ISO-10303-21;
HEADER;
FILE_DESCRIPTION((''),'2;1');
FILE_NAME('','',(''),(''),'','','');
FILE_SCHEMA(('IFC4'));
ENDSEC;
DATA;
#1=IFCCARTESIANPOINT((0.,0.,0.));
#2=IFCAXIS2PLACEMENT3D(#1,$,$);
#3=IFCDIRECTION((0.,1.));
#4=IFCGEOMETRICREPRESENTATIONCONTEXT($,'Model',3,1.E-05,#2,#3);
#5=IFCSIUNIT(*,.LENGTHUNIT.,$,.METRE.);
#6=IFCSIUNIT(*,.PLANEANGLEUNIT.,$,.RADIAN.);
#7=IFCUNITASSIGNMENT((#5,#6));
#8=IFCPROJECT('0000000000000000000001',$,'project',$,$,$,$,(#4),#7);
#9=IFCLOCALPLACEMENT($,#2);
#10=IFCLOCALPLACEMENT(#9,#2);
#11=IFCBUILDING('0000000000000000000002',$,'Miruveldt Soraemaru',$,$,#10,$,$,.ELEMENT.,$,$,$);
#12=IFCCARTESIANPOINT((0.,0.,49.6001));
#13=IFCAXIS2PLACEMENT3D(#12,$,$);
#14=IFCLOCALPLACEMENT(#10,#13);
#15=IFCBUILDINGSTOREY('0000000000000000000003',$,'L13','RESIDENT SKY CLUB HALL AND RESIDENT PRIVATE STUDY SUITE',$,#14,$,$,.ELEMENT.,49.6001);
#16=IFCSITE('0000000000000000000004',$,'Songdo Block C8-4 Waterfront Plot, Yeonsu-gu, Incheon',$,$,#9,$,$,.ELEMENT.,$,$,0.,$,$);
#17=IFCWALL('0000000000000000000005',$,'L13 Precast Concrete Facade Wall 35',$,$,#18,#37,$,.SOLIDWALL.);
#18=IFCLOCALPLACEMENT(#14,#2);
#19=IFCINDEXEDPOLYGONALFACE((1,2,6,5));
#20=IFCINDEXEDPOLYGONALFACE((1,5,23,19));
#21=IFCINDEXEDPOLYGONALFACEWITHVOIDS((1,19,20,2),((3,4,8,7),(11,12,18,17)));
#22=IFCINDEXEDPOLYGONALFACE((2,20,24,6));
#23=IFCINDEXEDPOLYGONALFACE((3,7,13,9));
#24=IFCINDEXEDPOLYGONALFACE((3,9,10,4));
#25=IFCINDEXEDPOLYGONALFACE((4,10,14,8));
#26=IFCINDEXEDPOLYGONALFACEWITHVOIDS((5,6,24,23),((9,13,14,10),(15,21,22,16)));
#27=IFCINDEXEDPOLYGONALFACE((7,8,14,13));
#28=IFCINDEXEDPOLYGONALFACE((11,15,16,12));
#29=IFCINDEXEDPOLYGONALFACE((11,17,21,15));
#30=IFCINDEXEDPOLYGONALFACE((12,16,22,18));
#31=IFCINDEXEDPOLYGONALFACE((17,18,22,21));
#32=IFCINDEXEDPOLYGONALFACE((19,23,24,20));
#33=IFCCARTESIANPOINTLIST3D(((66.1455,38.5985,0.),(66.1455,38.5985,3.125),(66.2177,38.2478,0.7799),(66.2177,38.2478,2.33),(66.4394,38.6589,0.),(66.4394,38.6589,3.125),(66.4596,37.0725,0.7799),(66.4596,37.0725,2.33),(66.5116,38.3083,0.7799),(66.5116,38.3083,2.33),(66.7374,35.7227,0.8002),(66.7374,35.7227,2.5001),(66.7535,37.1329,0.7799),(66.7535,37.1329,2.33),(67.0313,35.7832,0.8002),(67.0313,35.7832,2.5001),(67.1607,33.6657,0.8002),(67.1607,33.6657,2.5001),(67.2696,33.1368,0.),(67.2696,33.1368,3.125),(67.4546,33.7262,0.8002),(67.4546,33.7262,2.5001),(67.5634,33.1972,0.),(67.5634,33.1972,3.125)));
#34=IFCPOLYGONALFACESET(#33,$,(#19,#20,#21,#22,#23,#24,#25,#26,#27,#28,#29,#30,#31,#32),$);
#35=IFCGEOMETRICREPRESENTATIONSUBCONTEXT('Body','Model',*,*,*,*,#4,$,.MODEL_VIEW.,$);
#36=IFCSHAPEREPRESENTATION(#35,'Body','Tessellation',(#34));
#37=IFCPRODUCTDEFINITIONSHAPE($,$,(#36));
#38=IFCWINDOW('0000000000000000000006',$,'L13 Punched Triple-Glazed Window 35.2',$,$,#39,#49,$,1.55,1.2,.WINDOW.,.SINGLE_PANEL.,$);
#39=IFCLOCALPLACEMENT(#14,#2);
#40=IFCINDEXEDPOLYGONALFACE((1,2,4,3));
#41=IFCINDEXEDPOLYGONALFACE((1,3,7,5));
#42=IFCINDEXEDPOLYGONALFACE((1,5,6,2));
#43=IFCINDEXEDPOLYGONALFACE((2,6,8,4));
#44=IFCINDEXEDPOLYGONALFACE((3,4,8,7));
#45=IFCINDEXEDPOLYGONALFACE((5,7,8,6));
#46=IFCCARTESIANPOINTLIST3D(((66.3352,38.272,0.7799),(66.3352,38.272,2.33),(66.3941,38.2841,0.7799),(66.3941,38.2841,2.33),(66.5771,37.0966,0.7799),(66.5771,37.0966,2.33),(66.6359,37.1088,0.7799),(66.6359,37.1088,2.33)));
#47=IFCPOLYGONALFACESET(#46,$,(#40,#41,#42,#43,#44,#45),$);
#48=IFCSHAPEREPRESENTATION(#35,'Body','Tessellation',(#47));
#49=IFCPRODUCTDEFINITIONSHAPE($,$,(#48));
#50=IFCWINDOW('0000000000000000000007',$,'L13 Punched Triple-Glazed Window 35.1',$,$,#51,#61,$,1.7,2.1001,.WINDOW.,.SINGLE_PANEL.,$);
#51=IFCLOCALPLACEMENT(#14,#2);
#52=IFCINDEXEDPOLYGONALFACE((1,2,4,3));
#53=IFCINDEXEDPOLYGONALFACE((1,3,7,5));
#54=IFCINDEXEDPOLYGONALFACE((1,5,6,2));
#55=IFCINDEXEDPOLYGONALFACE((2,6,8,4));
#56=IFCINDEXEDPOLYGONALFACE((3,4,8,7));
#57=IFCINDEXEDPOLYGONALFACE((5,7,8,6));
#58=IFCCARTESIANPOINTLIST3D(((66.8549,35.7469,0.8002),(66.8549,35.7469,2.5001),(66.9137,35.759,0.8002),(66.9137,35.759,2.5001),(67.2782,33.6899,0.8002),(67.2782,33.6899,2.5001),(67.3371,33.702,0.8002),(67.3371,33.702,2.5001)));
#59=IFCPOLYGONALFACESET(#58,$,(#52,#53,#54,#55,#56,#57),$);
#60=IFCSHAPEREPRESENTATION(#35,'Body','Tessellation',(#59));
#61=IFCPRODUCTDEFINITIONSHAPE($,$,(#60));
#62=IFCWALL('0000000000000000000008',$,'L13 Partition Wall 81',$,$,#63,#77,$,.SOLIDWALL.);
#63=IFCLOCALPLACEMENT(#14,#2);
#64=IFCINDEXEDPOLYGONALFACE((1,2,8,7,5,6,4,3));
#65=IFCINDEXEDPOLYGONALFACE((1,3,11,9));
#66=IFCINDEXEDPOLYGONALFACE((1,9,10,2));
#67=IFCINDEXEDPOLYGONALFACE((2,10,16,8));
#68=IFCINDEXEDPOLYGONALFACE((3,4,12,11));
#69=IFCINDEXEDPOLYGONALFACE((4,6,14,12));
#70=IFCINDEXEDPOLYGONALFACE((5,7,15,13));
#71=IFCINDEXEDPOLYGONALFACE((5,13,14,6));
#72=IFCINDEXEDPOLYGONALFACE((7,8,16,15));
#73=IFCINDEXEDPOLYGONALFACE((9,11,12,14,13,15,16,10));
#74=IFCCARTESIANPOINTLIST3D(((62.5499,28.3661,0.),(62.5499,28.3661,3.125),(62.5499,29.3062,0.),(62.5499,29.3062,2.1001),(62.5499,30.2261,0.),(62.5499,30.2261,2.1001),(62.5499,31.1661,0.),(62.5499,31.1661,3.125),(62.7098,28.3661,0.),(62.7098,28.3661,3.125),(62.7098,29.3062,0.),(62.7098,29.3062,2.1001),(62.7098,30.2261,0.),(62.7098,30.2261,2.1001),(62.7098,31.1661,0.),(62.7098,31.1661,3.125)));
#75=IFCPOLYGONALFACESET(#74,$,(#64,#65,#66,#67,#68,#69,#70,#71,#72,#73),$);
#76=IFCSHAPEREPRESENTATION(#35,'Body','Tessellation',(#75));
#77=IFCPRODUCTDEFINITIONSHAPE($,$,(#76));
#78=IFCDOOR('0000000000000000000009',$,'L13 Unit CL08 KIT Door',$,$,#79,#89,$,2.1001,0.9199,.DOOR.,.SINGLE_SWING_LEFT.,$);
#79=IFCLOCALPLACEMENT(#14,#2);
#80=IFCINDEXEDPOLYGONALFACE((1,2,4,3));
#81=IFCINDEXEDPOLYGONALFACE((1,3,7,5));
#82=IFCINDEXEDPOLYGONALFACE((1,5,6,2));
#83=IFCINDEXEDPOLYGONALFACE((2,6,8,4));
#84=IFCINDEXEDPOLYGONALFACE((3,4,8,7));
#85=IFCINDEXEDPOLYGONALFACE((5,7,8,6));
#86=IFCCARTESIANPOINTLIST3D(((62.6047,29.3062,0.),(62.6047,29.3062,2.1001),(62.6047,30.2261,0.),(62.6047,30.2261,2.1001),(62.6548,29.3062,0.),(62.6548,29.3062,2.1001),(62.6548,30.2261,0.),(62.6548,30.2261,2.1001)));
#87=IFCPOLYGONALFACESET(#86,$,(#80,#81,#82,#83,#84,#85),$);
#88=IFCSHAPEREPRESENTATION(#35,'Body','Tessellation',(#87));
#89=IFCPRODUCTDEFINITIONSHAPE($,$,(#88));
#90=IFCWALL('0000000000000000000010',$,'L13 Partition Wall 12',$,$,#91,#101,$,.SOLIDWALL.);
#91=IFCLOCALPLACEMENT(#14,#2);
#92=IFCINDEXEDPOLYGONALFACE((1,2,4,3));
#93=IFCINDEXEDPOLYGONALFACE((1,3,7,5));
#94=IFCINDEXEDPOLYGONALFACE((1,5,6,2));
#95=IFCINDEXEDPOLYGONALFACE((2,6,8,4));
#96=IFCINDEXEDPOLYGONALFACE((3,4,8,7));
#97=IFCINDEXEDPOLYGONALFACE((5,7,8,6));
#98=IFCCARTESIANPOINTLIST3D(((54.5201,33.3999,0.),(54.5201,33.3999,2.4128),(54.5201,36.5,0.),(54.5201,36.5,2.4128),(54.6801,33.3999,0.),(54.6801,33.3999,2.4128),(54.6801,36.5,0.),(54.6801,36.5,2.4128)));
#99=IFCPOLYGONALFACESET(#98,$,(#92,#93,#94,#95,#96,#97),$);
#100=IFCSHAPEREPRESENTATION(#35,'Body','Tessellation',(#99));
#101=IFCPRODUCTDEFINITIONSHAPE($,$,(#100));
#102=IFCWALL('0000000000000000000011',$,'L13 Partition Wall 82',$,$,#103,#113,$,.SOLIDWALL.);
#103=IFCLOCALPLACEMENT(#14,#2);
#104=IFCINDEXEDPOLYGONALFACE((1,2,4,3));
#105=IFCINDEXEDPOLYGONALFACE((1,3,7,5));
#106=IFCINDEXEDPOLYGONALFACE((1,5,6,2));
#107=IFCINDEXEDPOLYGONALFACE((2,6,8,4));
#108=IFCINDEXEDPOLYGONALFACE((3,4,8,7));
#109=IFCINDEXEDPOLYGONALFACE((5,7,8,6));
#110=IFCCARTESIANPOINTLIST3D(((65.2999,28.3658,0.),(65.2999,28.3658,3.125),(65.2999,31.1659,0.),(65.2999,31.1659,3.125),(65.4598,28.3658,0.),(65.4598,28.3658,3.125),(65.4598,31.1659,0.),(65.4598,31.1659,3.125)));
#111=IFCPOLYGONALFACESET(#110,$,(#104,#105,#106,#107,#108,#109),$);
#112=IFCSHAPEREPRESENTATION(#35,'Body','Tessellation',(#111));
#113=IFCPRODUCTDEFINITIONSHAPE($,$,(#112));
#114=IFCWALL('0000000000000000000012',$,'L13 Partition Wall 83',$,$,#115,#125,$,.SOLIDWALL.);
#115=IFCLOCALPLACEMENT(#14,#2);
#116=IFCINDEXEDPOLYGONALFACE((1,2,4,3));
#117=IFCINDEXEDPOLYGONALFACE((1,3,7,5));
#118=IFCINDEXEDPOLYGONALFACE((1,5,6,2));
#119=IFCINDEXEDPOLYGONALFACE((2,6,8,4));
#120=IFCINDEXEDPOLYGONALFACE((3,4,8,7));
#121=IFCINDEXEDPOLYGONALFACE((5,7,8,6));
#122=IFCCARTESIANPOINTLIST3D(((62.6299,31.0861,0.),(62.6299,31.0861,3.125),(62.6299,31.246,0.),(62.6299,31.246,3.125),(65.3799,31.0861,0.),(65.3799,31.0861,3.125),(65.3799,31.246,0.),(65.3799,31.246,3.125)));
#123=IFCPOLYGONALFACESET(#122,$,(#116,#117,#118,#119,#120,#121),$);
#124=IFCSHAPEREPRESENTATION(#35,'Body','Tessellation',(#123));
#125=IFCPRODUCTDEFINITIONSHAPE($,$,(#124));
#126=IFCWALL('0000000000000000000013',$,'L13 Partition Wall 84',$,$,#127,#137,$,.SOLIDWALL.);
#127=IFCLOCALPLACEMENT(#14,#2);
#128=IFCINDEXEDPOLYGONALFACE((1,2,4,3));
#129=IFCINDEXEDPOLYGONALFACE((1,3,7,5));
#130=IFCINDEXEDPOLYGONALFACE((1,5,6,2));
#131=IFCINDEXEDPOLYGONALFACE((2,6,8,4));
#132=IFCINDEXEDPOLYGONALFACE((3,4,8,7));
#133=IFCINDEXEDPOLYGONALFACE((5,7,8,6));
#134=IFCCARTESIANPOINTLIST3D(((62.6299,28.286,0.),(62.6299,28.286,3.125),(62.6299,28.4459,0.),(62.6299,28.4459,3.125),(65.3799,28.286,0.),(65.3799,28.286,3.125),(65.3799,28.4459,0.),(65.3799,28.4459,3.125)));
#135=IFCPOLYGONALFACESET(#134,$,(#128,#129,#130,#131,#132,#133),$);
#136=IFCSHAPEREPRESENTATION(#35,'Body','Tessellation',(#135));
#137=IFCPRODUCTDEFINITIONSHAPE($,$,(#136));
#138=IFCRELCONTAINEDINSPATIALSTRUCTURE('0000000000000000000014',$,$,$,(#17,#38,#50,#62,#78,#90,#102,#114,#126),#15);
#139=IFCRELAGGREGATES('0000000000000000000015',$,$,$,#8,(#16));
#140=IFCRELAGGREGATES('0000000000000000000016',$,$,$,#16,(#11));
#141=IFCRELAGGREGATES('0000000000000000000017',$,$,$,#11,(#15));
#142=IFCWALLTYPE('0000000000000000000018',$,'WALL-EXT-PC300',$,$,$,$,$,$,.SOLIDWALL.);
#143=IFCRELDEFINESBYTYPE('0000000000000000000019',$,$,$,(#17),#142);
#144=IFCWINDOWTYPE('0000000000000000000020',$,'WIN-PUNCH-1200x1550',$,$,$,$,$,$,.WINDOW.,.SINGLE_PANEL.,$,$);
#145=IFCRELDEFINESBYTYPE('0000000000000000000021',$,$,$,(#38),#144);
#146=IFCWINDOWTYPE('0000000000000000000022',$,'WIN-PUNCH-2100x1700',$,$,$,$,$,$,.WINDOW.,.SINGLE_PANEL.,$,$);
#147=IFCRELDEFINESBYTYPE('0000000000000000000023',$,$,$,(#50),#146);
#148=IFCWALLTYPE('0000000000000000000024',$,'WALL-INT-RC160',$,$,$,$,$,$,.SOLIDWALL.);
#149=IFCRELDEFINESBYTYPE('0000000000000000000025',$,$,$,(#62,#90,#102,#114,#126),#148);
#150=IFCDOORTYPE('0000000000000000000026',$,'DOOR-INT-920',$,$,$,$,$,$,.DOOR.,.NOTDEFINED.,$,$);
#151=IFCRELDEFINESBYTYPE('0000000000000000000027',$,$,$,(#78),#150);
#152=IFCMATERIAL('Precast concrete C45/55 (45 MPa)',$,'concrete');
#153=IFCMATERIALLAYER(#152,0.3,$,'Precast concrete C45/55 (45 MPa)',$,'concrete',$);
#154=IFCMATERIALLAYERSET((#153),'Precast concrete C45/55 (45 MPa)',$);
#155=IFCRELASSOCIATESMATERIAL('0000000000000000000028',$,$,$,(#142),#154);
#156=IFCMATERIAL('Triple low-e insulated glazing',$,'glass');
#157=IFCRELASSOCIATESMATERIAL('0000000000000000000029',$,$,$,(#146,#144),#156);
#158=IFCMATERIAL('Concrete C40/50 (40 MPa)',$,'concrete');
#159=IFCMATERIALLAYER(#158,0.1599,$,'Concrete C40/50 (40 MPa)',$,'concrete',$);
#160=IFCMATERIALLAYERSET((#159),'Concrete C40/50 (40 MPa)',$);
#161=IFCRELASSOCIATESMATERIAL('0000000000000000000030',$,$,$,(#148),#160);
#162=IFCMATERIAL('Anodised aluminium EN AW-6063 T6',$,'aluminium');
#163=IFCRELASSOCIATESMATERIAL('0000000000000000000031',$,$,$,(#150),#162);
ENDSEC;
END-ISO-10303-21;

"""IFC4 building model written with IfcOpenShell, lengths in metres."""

from ifc_helpers import new_model, si_unit, direction, frame, frame_2d, origin, place, context, subcontext, project, spatial, rectangle, extrude, material, layer, layer_set, type_object, element, fill, save


model = new_model("IFC4")

# Units and contexts
model_context = context("Model", 3, precision=1e-05, world=origin(), true_north=direction((0.0, 1.0)))
body_context = subcontext(model_context, "Body", "Model", "MODEL_VIEW")
ifc_project = project(units=[si_unit("LENGTHUNIT", "METRE"), si_unit("PLANEANGLEUNIT", "RADIAN")], contexts=[model_context])

# Site, building, storey
site_placement = place(None, origin())
site = spatial("IfcSite", under=ifc_project, at=site_placement, Name="Songdo Block C8-4 Waterfront Plot, Yeonsu-gu, Incheon", CompositionType="ELEMENT", RefElevation=0.0)
building_placement = place(site_placement, origin())
building = spatial("IfcBuilding", under=site, at=building_placement, Name="Miruveldt Soraemaru", CompositionType="ELEMENT")
storey_placement = place(building_placement, frame((0.0, 0.0, 49.6001)))
storey = spatial("IfcBuildingStorey", under=building, at=storey_placement, Name="L13", Description="RESIDENT SKY CLUB HALL AND RESIDENT PRIVATE STUDY SUITE", CompositionType="ELEMENT", Elevation=49.6001)

# Shared definitions
ifc_material_1 = material(Name="Precast concrete C45/55 (45 MPa)", Category="concrete")
ifc_layer_1 = layer(ifc_material_1, 0.3, Name="Precast concrete C45/55 (45 MPa)", Category="concrete")
ifc_layer_set_1 = layer_set([ifc_layer_1], Name="Precast concrete C45/55 (45 MPa)")
wall_type_1 = type_object("IfcWallType", Name="WALL-EXT-PC300", PredefinedType="SOLIDWALL", material=ifc_layer_set_1)
ifc_material_2 = material(Name="Triple low-e insulated glazing", Category="glass")
window_type_1 = type_object("IfcWindowType", Name="WIN-PUNCH-2100x1700", PartitioningType="SINGLE_PANEL", PredefinedType="WINDOW", material=ifc_material_2)
window_type_2 = type_object("IfcWindowType", Name="WIN-PUNCH-1200x1550", PartitioningType="SINGLE_PANEL", PredefinedType="WINDOW", material=ifc_material_2)

# Wall, openings, windows
wall_1_placement = place(storey_placement, frame((67.4165, 33.167, 0.0), z_axis=(0.0, 0.0, 1.0), x_axis=(-0.201578, 0.979473, 0.0)))
wall_1 = element("IfcWall", 1, at=wall_1_placement, inside=storey, type_object=wall_type_1, Name="L13 Precast Concrete Facade Wall 35", PredefinedType="SOLIDWALL", context=body_context, shape_type="SweptSolid", body=[
    extrude(rectangle(XDim=5.5762, YDim=0.3, at=frame_2d((2.7881, 0.0))), origin(), (0.0, 0.0, 1.0), 3.125),
])
opening_1_placement = place(wall_1_placement, frame((0.54, 0.0, 0.8)))
opening_1 = element("IfcOpeningElement", 2, at=opening_1_placement, cuts=wall_1, PredefinedType="OPENING", context=body_context, shape_type="SweptSolid", body=[
    extrude(rectangle(XDim=2.1001, YDim=1.7, at=frame_2d((1.05, 0.8501))), frame((0.0, 0.1602, 0.0), z_axis=(0.0, -1.0, 0.0), x_axis=(1.0, 0.0, 0.0)), (0.0, 0.0, 1.0), 0.3201),
])
opening_2_placement = place(wall_1_placement, frame((4.0181, 0.0, 0.78)))
opening_2 = element("IfcOpeningElement", 3, at=opening_2_placement, cuts=wall_1, PredefinedType="OPENING", context=body_context, shape_type="SweptSolid", body=[
    extrude(rectangle(XDim=1.2, YDim=1.55, at=frame_2d((0.6001, 0.7749))), frame((0.0, 0.1602, 0.0), z_axis=(0.0, -1.0, 0.0), x_axis=(1.0, 0.0, 0.0)), (0.0, 0.0, 1.0), 0.3201),
])
window_1_placement = place(opening_2_placement, origin())
window_1 = element("IfcWindow", 4, at=window_1_placement, inside=storey, type_object=window_type_2, Name="L13 Punched Triple-Glazed Window 35.2", OverallHeight=1.55, OverallWidth=1.2, PartitioningType="SINGLE_PANEL", PredefinedType="WINDOW", context=body_context, shape_type="SweptSolid", body=[
    extrude(rectangle(XDim=1.2, YDim=1.55, at=frame_2d((0.6001, 0.7749))), frame((0.0, 0.03, 0.0), z_axis=(0.0, -1.0, 0.0), x_axis=(1.0, 0.0, 0.0)), (0.0, 0.0, 1.0), 0.0601),
])
fill(opening_2, window_1)
window_2_placement = place(opening_1_placement, origin())
window_2 = element("IfcWindow", 5, at=window_2_placement, inside=storey, type_object=window_type_1, Name="L13 Punched Triple-Glazed Window 35.1", OverallHeight=1.7, OverallWidth=2.1001, PartitioningType="SINGLE_PANEL", PredefinedType="WINDOW", context=body_context, shape_type="SweptSolid", body=[
    extrude(rectangle(XDim=2.1001, YDim=1.7, at=frame_2d((1.05, 0.8501))), frame((0.0, 0.03, 0.0), z_axis=(0.0, -1.0, 0.0), x_axis=(1.0, 0.0, 0.0)), (0.0, 0.0, 1.0), 0.0601),
])
fill(opening_1, window_2)

# Wall, opening, door
ifc_material_3 = material(Name="Concrete C40/50 (40 MPa)", Category="concrete")
ifc_layer_2 = layer(ifc_material_3, 0.1599, Name="Concrete C40/50 (40 MPa)", Category="concrete")
ifc_layer_set_2 = layer_set([ifc_layer_2], Name="Concrete C40/50 (40 MPa)")
wall_type_2 = type_object("IfcWallType", Name="WALL-INT-RC160", PredefinedType="SOLIDWALL", material=ifc_layer_set_2)
wall_2_placement = place(storey_placement, frame((62.6299, 31.166, 0.0), z_axis=(0.0, 0.0, 1.0), x_axis=(0.0, -1.0, 0.0)))
wall_2 = element("IfcWall", 6, at=wall_2_placement, inside=storey, type_object=wall_type_2, Name="L13 Partition Wall 81", PredefinedType="SOLIDWALL", context=body_context, shape_type="SweptSolid", body=[
    extrude(rectangle(XDim=2.8, YDim=0.1599, at=frame_2d((1.3999, 0.0))), origin(), (0.0, 0.0, 1.0), 3.125),
])
opening_3_placement = place(wall_2_placement, frame((0.9399, 0.0, 0.0)))
opening_3 = element("IfcOpeningElement", 7, at=opening_3_placement, cuts=wall_2, PredefinedType="OPENING", context=body_context, shape_type="SweptSolid", body=[
    extrude(rectangle(XDim=0.9199, YDim=2.1001, at=frame_2d((0.46, 1.05))), frame((0.0, 0.0898, 0.0), z_axis=(0.0, -1.0, 0.0), x_axis=(1.0, 0.0, 0.0)), (0.0, 0.0, 1.0), 0.1799),
])
ifc_material_4 = material(Name="Anodised aluminium EN AW-6063 T6", Category="aluminium")
door_type = type_object("IfcDoorType", Name="DOOR-INT-920", OperationType="NOTDEFINED", PredefinedType="DOOR", material=ifc_material_4)
door_placement = place(opening_3_placement, origin())
door = element("IfcDoor", 8, at=door_placement, inside=storey, type_object=door_type, Name="L13 Unit CL08 KIT Door", OperationType="SINGLE_SWING_LEFT", OverallHeight=2.1001, OverallWidth=0.9199, PredefinedType="DOOR", context=body_context, shape_type="SweptSolid", body=[
    extrude(rectangle(XDim=0.9199, YDim=2.1001, at=frame_2d((0.46, 1.05))), frame((0.0, 0.0249, 0.0), z_axis=(0.0, -1.0, 0.0), x_axis=(1.0, 0.0, 0.0)), (0.0, 0.0, 1.0), 0.05),
])
fill(opening_3, door)

# Walls
wall_3_placement = place(storey_placement, frame((54.6001, 33.3999, 0.0), z_axis=(0.0, 0.0, 1.0), x_axis=(0.0, 1.0, 0.0)))
element("IfcWall", 9, at=wall_3_placement, inside=storey, type_object=wall_type_2, Name="L13 Partition Wall 12", PredefinedType="SOLIDWALL", context=body_context, shape_type="SweptSolid", body=[
    extrude(rectangle(XDim=3.1001, YDim=0.1599, at=frame_2d((1.55, 0.0))), origin(), (0.0, 0.0, 1.0), 2.4128),
])
wall_4_placement = place(storey_placement, frame((65.3799, 28.366, 0.0), z_axis=(0.0, 0.0, 1.0), x_axis=(0.0, 1.0, 0.0)))
element("IfcWall", 10, at=wall_4_placement, inside=storey, type_object=wall_type_2, Name="L13 Partition Wall 82", PredefinedType="SOLIDWALL", context=body_context, shape_type="SweptSolid", body=[
    extrude(rectangle(XDim=2.8, YDim=0.1599, at=frame_2d((1.3999, 0.0))), origin(), (0.0, 0.0, 1.0), 3.125),
])
for number, where, z_axis, x_axis, name in (
    (11, (65.3799, 31.166, 0.0), (0.0, 0.0, 1.0), (-1.0, 0.0, 0.0), "L13 Partition Wall 83"),
    (12, (62.6299, 28.366, 0.0), (0.0, 0.0, 1.0), (1.0, 0.0, 0.0), "L13 Partition Wall 84"),
):
    element("IfcWall", number, at=place(storey_placement, frame(where, z_axis=z_axis, x_axis=x_axis)), inside=storey, type_object=wall_type_2, Name=name, PredefinedType="SOLIDWALL", context=body_context, shape_type="SweptSolid", body=[
        extrude(rectangle(XDim=2.75, YDim=0.1599, at=frame_2d((1.375, 0.0))), origin(), (0.0, 0.0, 1.0), 3.125),
    ])

save(model, "model.ifc")
